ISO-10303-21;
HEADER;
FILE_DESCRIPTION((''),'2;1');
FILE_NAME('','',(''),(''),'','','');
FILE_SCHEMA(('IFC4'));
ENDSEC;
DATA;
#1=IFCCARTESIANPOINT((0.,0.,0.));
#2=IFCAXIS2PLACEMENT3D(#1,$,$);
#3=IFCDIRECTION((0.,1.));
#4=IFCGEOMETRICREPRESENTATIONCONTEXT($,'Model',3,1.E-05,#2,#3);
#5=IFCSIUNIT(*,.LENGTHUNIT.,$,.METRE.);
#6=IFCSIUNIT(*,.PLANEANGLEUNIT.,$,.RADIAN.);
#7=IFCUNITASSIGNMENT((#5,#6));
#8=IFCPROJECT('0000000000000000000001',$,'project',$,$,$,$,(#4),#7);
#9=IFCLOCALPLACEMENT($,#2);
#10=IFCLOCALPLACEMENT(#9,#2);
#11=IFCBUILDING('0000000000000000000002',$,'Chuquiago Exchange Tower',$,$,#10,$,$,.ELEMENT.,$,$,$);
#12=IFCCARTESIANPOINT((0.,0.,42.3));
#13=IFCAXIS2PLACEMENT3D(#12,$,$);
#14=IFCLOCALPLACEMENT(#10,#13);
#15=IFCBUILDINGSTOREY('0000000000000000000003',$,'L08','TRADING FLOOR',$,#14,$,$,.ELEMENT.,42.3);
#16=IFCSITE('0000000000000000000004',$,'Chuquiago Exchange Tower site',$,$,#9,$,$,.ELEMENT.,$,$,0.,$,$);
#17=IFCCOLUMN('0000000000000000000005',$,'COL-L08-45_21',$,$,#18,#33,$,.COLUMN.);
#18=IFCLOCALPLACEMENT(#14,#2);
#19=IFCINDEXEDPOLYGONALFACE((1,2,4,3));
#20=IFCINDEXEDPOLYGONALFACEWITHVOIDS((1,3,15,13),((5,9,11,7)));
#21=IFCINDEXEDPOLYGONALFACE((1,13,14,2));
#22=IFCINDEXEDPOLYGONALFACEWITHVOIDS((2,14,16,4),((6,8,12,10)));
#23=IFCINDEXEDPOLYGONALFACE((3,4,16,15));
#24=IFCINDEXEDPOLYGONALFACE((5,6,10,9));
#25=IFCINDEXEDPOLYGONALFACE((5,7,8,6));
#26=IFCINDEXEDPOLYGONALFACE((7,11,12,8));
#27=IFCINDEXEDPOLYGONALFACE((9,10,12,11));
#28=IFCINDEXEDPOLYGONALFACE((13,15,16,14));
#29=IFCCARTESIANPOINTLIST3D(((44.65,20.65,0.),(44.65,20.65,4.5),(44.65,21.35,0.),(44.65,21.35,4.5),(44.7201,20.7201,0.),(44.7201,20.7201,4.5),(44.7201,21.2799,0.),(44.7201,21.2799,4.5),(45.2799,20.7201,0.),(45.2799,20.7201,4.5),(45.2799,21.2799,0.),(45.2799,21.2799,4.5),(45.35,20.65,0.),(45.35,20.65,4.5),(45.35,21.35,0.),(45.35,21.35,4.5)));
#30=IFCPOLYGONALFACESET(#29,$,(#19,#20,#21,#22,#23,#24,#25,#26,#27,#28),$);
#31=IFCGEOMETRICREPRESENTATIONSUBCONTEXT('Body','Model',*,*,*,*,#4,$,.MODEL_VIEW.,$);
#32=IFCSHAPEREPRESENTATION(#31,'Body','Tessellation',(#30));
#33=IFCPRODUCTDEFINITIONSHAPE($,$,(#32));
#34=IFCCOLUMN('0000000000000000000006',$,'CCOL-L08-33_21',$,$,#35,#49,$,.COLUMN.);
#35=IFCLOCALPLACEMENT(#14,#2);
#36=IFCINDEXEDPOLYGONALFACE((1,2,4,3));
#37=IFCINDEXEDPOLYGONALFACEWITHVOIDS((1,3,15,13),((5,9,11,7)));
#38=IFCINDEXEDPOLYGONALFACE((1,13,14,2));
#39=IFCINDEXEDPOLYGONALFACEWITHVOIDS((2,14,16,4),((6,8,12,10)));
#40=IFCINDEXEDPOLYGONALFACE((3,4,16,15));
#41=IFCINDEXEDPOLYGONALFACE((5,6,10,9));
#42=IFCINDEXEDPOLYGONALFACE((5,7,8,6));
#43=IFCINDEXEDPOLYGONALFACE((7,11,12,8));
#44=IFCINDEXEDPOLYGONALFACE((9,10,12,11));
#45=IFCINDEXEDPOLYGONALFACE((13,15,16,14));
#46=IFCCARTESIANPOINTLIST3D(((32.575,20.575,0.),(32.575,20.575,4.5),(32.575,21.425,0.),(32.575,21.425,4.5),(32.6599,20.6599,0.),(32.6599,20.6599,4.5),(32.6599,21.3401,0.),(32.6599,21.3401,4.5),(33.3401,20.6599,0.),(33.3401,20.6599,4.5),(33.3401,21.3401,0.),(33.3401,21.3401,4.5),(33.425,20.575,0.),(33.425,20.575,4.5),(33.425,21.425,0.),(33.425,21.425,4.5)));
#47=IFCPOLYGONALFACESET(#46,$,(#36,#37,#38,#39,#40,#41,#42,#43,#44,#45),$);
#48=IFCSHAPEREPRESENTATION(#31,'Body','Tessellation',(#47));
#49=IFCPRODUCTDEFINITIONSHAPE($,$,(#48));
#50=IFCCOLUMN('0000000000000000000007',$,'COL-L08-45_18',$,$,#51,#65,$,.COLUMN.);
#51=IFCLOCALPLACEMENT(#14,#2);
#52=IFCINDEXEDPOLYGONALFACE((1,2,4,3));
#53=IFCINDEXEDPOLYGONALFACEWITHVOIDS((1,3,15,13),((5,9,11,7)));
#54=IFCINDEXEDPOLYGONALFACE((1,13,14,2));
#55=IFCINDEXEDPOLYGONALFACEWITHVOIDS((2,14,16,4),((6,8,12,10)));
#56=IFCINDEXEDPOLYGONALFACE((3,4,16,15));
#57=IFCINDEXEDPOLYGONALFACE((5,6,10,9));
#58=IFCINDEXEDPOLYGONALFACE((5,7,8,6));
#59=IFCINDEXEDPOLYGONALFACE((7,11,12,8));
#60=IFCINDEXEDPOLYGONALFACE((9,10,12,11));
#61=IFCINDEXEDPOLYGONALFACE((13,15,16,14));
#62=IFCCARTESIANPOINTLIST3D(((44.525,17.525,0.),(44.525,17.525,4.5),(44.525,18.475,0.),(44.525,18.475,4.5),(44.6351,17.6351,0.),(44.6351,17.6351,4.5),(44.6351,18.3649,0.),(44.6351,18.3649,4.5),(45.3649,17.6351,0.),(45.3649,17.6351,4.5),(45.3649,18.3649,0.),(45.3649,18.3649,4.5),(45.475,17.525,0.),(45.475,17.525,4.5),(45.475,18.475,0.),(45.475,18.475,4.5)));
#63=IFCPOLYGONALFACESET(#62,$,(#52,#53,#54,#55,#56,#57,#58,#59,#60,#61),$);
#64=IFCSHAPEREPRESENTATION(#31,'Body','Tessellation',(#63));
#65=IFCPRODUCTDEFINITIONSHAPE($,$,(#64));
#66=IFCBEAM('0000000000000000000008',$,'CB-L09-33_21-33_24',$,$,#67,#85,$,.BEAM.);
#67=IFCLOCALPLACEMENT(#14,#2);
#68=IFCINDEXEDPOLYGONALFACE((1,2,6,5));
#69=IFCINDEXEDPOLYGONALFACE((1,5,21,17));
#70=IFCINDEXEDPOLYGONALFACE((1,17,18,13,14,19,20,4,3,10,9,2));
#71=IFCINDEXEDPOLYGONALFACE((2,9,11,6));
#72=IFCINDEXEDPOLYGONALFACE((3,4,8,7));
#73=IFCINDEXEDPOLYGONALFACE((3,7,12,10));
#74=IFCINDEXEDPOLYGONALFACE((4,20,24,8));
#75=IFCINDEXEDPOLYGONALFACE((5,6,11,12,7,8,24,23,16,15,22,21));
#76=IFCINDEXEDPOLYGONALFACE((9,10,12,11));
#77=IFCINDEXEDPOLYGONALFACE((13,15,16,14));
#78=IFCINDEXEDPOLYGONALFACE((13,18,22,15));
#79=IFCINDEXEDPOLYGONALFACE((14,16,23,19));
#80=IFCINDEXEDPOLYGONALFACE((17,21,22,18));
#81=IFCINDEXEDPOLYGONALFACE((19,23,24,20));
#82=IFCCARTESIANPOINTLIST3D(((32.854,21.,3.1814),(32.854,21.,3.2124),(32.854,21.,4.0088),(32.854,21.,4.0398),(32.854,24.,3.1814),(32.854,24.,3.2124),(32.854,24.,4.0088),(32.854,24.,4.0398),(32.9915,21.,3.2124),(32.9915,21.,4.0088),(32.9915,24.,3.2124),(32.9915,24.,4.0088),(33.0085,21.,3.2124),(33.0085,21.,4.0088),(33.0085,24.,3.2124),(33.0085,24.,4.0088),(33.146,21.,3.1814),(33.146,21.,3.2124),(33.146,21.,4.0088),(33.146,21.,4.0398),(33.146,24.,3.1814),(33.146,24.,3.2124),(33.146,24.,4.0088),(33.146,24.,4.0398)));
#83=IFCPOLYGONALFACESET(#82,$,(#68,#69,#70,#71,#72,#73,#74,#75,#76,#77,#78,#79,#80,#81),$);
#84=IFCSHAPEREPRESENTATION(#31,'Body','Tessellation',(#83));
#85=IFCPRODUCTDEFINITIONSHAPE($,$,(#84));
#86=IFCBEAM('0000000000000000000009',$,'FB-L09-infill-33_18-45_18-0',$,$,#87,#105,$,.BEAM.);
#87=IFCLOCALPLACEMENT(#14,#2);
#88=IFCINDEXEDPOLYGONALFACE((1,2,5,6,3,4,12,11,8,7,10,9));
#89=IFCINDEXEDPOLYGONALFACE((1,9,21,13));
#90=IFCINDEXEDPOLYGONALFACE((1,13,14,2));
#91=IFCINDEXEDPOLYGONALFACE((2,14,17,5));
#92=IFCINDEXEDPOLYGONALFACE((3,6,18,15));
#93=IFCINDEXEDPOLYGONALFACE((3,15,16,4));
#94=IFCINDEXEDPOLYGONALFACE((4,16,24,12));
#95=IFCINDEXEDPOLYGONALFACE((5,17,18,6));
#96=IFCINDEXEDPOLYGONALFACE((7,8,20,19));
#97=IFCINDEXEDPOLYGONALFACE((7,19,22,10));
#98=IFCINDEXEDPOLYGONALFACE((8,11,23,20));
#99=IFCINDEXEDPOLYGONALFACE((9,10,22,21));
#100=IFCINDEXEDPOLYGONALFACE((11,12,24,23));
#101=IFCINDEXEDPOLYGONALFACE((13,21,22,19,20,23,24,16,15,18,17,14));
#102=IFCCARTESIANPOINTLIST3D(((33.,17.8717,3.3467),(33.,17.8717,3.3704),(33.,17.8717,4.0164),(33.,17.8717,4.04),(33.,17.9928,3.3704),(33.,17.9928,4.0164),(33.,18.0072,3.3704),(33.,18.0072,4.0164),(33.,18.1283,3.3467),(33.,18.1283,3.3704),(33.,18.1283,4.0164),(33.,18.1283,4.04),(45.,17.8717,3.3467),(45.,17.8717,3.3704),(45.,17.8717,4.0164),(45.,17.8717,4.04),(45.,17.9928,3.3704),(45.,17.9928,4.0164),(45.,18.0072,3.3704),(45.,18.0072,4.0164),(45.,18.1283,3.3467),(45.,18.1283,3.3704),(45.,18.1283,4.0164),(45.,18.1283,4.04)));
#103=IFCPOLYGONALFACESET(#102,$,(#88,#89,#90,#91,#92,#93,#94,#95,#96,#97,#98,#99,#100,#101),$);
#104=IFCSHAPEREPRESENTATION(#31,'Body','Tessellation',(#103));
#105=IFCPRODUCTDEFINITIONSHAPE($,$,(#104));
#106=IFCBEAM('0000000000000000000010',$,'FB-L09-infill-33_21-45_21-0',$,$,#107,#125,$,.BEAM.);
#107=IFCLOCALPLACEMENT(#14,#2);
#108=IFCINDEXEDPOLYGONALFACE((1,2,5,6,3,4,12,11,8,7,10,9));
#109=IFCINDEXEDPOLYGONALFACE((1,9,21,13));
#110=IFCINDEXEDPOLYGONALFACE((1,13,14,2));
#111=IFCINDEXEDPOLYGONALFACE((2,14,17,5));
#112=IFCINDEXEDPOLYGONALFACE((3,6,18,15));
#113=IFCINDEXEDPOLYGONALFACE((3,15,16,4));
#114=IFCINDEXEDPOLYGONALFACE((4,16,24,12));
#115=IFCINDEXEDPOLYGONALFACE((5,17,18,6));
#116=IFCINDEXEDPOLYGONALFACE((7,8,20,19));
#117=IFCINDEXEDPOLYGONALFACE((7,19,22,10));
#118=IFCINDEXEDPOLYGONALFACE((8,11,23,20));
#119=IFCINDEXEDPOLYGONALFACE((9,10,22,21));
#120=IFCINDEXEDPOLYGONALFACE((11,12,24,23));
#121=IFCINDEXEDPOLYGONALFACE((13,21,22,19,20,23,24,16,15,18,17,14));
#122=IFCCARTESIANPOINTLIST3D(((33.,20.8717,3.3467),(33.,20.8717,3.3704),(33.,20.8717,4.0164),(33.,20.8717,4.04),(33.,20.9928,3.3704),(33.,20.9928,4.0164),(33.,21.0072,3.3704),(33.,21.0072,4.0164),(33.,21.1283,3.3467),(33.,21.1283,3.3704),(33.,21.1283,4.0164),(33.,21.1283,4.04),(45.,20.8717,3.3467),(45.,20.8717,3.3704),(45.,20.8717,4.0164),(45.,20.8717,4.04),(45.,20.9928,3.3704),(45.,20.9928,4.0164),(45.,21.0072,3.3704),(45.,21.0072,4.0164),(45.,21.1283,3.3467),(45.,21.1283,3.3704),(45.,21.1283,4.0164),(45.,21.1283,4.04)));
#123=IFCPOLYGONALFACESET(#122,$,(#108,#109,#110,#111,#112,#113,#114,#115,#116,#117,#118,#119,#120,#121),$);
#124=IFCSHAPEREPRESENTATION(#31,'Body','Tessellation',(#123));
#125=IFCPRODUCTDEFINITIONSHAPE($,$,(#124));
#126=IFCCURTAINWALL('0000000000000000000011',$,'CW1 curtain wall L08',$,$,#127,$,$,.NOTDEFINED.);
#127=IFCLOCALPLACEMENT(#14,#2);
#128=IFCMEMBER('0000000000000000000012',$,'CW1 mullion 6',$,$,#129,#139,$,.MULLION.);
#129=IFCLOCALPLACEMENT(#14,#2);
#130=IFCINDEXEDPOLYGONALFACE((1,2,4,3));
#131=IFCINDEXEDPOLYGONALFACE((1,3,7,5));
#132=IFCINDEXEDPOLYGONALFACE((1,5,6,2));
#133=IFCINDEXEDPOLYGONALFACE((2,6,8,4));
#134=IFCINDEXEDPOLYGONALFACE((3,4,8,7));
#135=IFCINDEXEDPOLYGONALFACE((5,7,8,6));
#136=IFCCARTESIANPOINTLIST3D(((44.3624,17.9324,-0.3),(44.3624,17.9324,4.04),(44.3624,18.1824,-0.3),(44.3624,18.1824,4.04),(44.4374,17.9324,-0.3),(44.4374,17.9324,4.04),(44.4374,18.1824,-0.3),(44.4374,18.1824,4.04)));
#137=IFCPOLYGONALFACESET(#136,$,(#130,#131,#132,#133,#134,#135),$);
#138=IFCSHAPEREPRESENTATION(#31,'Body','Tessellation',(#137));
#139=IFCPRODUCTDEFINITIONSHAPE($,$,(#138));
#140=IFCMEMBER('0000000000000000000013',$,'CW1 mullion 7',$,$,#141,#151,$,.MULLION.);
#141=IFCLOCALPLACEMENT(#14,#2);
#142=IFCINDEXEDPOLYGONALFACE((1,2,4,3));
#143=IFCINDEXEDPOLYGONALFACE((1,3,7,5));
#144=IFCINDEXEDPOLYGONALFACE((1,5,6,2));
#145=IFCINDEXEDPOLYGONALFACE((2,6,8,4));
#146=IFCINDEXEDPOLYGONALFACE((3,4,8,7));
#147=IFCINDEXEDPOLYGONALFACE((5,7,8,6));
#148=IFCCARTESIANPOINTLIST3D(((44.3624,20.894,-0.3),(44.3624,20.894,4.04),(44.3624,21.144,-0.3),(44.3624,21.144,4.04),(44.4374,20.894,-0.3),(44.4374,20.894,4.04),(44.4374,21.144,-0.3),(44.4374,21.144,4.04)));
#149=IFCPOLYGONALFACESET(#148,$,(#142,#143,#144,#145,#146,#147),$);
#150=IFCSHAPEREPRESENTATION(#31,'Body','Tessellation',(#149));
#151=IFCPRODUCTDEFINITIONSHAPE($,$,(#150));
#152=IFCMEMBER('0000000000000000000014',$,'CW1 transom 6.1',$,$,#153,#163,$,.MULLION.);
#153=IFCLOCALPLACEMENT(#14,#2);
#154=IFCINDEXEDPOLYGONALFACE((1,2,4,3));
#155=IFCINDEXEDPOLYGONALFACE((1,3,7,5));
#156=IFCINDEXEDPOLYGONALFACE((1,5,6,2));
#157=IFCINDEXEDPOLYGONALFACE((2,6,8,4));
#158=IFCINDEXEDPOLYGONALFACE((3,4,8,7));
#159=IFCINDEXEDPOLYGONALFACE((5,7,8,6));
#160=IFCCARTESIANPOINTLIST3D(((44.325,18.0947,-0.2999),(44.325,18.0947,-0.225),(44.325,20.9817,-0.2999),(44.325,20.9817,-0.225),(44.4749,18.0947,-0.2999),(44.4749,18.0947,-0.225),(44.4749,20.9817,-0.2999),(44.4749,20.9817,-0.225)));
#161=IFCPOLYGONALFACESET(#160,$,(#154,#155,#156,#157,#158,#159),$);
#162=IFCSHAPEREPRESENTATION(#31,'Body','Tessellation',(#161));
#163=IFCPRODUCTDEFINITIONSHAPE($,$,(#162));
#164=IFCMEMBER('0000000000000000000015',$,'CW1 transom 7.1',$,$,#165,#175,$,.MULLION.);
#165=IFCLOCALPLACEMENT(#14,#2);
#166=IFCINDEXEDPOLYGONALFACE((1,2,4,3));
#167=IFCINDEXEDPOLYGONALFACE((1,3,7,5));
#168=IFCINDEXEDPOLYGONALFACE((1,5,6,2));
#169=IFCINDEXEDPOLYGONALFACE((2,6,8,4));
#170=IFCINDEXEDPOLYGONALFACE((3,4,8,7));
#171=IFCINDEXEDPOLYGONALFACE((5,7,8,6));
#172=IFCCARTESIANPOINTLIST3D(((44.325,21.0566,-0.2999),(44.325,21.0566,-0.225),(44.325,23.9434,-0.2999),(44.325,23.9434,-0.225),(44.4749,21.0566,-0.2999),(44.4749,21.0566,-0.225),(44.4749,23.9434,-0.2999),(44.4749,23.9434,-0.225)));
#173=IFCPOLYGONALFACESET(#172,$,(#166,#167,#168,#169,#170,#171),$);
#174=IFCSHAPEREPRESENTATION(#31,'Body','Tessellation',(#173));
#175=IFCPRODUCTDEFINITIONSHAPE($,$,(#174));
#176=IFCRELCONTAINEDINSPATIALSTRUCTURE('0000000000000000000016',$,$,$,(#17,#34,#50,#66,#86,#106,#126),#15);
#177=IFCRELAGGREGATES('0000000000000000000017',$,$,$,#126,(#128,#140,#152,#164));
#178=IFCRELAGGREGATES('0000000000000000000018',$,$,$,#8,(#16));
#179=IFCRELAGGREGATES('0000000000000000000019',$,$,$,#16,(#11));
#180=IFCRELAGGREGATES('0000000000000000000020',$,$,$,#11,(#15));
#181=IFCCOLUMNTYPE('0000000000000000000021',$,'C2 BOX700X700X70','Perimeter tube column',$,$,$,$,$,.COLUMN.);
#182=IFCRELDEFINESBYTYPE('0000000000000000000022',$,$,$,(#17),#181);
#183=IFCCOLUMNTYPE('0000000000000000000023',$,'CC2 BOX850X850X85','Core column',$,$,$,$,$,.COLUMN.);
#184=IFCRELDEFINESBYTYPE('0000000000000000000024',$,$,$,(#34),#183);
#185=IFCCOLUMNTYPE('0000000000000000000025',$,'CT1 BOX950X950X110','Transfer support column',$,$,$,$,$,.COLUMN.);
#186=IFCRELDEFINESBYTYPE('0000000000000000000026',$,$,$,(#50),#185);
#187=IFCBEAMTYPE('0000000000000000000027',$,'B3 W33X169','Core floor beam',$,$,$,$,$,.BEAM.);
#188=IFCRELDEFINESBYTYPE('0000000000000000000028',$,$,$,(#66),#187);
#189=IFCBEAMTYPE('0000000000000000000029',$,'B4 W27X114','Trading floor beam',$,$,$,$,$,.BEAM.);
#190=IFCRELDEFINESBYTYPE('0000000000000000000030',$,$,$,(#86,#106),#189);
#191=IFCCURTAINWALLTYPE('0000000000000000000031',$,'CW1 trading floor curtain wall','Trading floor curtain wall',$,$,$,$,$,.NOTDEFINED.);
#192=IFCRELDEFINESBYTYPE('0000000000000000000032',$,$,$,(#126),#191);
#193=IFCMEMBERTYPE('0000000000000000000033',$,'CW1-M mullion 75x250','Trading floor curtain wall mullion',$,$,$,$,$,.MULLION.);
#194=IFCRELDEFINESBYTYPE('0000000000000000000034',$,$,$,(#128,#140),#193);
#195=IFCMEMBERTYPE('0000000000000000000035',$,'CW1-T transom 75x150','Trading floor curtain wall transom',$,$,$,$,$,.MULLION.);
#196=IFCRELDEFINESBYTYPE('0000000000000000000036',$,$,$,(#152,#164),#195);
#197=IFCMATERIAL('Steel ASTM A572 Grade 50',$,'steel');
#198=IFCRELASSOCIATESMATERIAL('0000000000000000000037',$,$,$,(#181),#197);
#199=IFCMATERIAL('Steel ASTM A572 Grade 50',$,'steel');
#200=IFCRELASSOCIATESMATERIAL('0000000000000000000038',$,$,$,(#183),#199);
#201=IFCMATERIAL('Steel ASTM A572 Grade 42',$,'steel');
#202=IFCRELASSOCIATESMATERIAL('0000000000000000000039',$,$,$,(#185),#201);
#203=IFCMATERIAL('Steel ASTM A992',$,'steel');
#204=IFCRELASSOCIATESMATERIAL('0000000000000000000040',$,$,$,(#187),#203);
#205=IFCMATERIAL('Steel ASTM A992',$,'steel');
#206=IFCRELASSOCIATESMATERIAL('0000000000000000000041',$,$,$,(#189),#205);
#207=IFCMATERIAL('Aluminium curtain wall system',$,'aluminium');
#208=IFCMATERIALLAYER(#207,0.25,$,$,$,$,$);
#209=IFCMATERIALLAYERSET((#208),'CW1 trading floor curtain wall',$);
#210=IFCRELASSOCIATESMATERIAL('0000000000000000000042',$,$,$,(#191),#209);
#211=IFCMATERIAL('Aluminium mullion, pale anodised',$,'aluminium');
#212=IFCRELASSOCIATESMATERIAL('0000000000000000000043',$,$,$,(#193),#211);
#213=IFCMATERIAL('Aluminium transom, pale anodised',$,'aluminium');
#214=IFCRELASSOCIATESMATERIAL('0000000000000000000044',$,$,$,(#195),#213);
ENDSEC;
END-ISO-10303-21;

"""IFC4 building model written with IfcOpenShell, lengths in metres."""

from ifc_helpers import new_model, si_unit, direction, frame, origin, origin_2d, place, context, subcontext, project, spatial, rectangle, hollow_rectangle, i_section, extrude, material, layer, layer_set, material_profile, profile_set, type_object, element, aggregate, save


model = new_model("IFC4")

# Units and contexts
model_context = context("Model", 3, precision=1e-05, world=origin(), true_north=direction((0.0, 1.0)))
body_context = subcontext(model_context, "Body", "Model", "MODEL_VIEW")
ifc_project = project(units=[si_unit("LENGTHUNIT", "METRE"), si_unit("PLANEANGLEUNIT", "RADIAN")], contexts=[model_context])

# Site, building, storey
site_placement = place(None, origin())
site = spatial("IfcSite", under=ifc_project, at=site_placement, Name="Chuquiago Exchange Tower site", CompositionType="ELEMENT", RefElevation=0.0)
building_placement = place(site_placement, origin())
building = spatial("IfcBuilding", under=site, at=building_placement, Name="Chuquiago Exchange Tower", CompositionType="ELEMENT")
storey_placement = place(building_placement, frame((0.0, 0.0, 42.3)))
storey = spatial("IfcBuildingStorey", under=building, at=storey_placement, Name="L08", Description="TRADING FLOOR", CompositionType="ELEMENT", Elevation=42.3)

# Columns
ifc_material_1 = material(Name="Steel ASTM A572 Grade 50", Category="steel")
ifc_material_profile_1 = material_profile(ifc_material_1, hollow_rectangle(XDim=0.7, YDim=0.7, WallThickness=0.0701, at=origin_2d()), Name="BOX700X700X70")
ifc_profile_set_1 = profile_set([ifc_material_profile_1], Name="Steel ASTM A572 Grade 50")
column_type_1 = type_object("IfcColumnType", Name="C2 BOX700X700X70", Description="Perimeter tube column", PredefinedType="COLUMN", material=ifc_profile_set_1)
column_1_placement = place(storey_placement, frame((45.0, 21.0, 0.0), z_axis=(0.0, 0.0, 1.0), x_axis=(1.0, 0.0, 0.0)))
element("IfcColumn", 1, at=column_1_placement, inside=storey, type_object=column_type_1, Name="COL-L08-45_21", PredefinedType="COLUMN", context=body_context, shape_type="SweptSolid", body=[
    extrude(hollow_rectangle(XDim=0.7, YDim=0.7, WallThickness=0.0701, at=origin_2d()), origin(), (0.0, 0.0, 1.0), 4.5),
])
ifc_material_2 = material(Name="Steel ASTM A572 Grade 50", Category="steel")
ifc_material_profile_2 = material_profile(ifc_material_2, hollow_rectangle(XDim=0.8501, YDim=0.8501, WallThickness=0.085, at=origin_2d()), Name="BOX850X850X85")
ifc_profile_set_2 = profile_set([ifc_material_profile_2], Name="Steel ASTM A572 Grade 50")
column_type_2 = type_object("IfcColumnType", Name="CC2 BOX850X850X85", Description="Core column", PredefinedType="COLUMN", material=ifc_profile_set_2)
column_2_placement = place(storey_placement, frame((33.0, 21.0, 0.0), z_axis=(0.0, 0.0, 1.0), x_axis=(1.0, 0.0, 0.0)))
element("IfcColumn", 2, at=column_2_placement, inside=storey, type_object=column_type_2, Name="CCOL-L08-33_21", PredefinedType="COLUMN", context=body_context, shape_type="SweptSolid", body=[
    extrude(hollow_rectangle(XDim=0.8501, YDim=0.8501, WallThickness=0.085, at=origin_2d()), origin(), (0.0, 0.0, 1.0), 4.5),
])
ifc_material_3 = material(Name="Steel ASTM A572 Grade 42", Category="steel")
ifc_material_profile_3 = material_profile(ifc_material_3, hollow_rectangle(XDim=0.95, YDim=0.95, WallThickness=0.1101, at=origin_2d()), Name="BOX950X950X110")
ifc_profile_set_3 = profile_set([ifc_material_profile_3], Name="Steel ASTM A572 Grade 42")
column_type_3 = type_object("IfcColumnType", Name="CT1 BOX950X950X110", Description="Transfer support column", PredefinedType="COLUMN", material=ifc_profile_set_3)
column_3_placement = place(storey_placement, frame((45.0, 18.0, 0.0), z_axis=(0.0, 0.0, 1.0), x_axis=(1.0, 0.0, 0.0)))
element("IfcColumn", 3, at=column_3_placement, inside=storey, type_object=column_type_3, Name="COL-L08-45_18", PredefinedType="COLUMN", context=body_context, shape_type="SweptSolid", body=[
    extrude(hollow_rectangle(XDim=0.95, YDim=0.95, WallThickness=0.1101, at=origin_2d()), origin(), (0.0, 0.0, 1.0), 4.5),
])

# Beams
ifc_material_4 = material(Name="Steel ASTM A992", Category="steel")
ifc_material_profile_4 = material_profile(ifc_material_4, i_section(OverallWidth=0.292, OverallDepth=0.8584, WebThickness=0.0171, FlangeThickness=0.031, at=origin_2d()), Name="W33X169")
ifc_profile_set_4 = profile_set([ifc_material_profile_4], Name="Steel ASTM A992")
beam_type_1 = type_object("IfcBeamType", Name="B3 W33X169", Description="Core floor beam", PredefinedType="BEAM", material=ifc_profile_set_4)
beam_placement = place(storey_placement, frame((33.0, 21.0, 3.6106), z_axis=(0.0, 1.0, 0.0), x_axis=(-1.0, 0.0, 0.0)))
element("IfcBeam", 4, at=beam_placement, inside=storey, type_object=beam_type_1, Name="CB-L09-33_21-33_24", PredefinedType="BEAM", context=body_context, shape_type="SweptSolid", body=[
    extrude(i_section(OverallWidth=0.292, OverallDepth=0.8584, WebThickness=0.0171, FlangeThickness=0.031, at=origin_2d()), origin(), (0.0, 0.0, 1.0), 3.0),
])
ifc_material_5 = material(Name="Steel ASTM A992", Category="steel")
ifc_material_profile_5 = material_profile(ifc_material_5, i_section(OverallWidth=0.2566, OverallDepth=0.6934, WebThickness=0.0144, FlangeThickness=0.0237, at=origin_2d()), Name="W27X114")
ifc_profile_set_5 = profile_set([ifc_material_profile_5], Name="Steel ASTM A992")
beam_type_2 = type_object("IfcBeamType", Name="B4 W27X114", Description="Trading floor beam", PredefinedType="BEAM", material=ifc_profile_set_5)
for number, where, z_axis, x_axis, name in (
    (5, (33.0, 18.0, 3.6934), (1.0, 0.0, 0.0), (0.0, 1.0, 0.0), "FB-L09-infill-33_18-45_18-0"),
    (6, (33.0, 21.0, 3.6934), (1.0, 0.0, 0.0), (0.0, 1.0, 0.0), "FB-L09-infill-33_21-45_21-0"),
):
    element("IfcBeam", number, at=place(storey_placement, frame(where, z_axis=z_axis, x_axis=x_axis)), inside=storey, type_object=beam_type_2, Name=name, PredefinedType="BEAM", context=body_context, shape_type="SweptSolid", body=[
        extrude(i_section(OverallWidth=0.2566, OverallDepth=0.6934, WebThickness=0.0144, FlangeThickness=0.0237, at=origin_2d()), origin(), (0.0, 0.0, 1.0), 12.0),
    ])

# Curtain wall, members
ifc_material_6 = material(Name="Aluminium curtain wall system", Category="aluminium")
ifc_layer_1 = layer(ifc_material_6, 0.25)
ifc_layer_set_1 = layer_set([ifc_layer_1], Name="CW1 trading floor curtain wall")
curtain_wall_type = type_object("IfcCurtainWallType", Name="CW1 trading floor curtain wall", Description="Trading floor curtain wall", PredefinedType="NOTDEFINED", material=ifc_layer_set_1)
curtain_wall_placement = place(storey_placement, origin())
curtain_wall = element("IfcCurtainWall", 7, at=curtain_wall_placement, inside=storey, type_object=curtain_wall_type, Name="CW1 curtain wall L08", PredefinedType="NOTDEFINED")
ifc_material_7 = material(Name="Aluminium mullion, pale anodised", Category="aluminium")
ifc_material_profile_6 = material_profile(ifc_material_7, rectangle(XDim=0.075, YDim=0.25, at=origin_2d()), Name="AL 75x250")
ifc_profile_set_6 = profile_set([ifc_material_profile_6], Name="Aluminium mullion, pale anodised")
member_type_1 = type_object("IfcMemberType", Name="CW1-M mullion 75x250", Description="Trading floor curtain wall mullion", PredefinedType="MULLION", material=ifc_profile_set_6)
member_1_placement = place(storey_placement, frame((44.3999, 18.0574, -0.3), z_axis=(0.0, 0.0, 1.0), x_axis=(-1.0, 0.0, 0.0)))
member_1 = element("IfcMember", 8, at=member_1_placement, type_object=member_type_1, Name="CW1 mullion 6", PredefinedType="MULLION", context=body_context, shape_type="SweptSolid", body=[
    extrude(rectangle(XDim=0.075, YDim=0.25, at=origin_2d()), origin(), (0.0, 0.0, 1.0), 4.3401),
])
member_2_placement = place(storey_placement, frame((44.3999, 21.019, -0.3), z_axis=(0.0, 0.0, 1.0), x_axis=(-1.0, 0.0, 0.0)))
member_2 = element("IfcMember", 9, at=member_2_placement, type_object=member_type_1, Name="CW1 mullion 7", PredefinedType="MULLION", context=body_context, shape_type="SweptSolid", body=[
    extrude(rectangle(XDim=0.075, YDim=0.25, at=origin_2d()), origin(), (0.0, 0.0, 1.0), 4.3401),
])
ifc_material_8 = material(Name="Aluminium transom, pale anodised", Category="aluminium")
ifc_material_profile_7 = material_profile(ifc_material_8, rectangle(XDim=0.1499, YDim=0.075, at=origin_2d()), Name="AL 150x75")
ifc_profile_set_7 = profile_set([ifc_material_profile_7], Name="Aluminium transom, pale anodised")
member_type_2 = type_object("IfcMemberType", Name="CW1-T transom 75x150", Description="Trading floor curtain wall transom", PredefinedType="MULLION", material=ifc_profile_set_7)
member_3_placement = place(storey_placement, frame((44.3999, 18.0947, -0.2625), z_axis=(0.0, 1.0, 0.0), x_axis=(-1.0, 0.0, 0.0)))
member_3 = element("IfcMember", 10, at=member_3_placement, type_object=member_type_2, Name="CW1 transom 6.1", PredefinedType="MULLION", context=body_context, shape_type="SweptSolid", body=[
    extrude(rectangle(XDim=0.1499, YDim=0.075, at=origin_2d()), origin(), (0.0, 0.0, 1.0), 2.887),
])
member_4_placement = place(storey_placement, frame((44.3999, 21.0566, -0.2625), z_axis=(0.0, 1.0, 0.0), x_axis=(-1.0, 0.0, 0.0)))
member_4 = element("IfcMember", 11, at=member_4_placement, type_object=member_type_2, Name="CW1 transom 7.1", PredefinedType="MULLION", context=body_context, shape_type="SweptSolid", body=[
    extrude(rectangle(XDim=0.1499, YDim=0.075, at=origin_2d()), origin(), (0.0, 0.0, 1.0), 2.8867),
])

aggregate(curtain_wall, [member_1, member_2, member_3, member_4])

save(model, "model.ifc")
